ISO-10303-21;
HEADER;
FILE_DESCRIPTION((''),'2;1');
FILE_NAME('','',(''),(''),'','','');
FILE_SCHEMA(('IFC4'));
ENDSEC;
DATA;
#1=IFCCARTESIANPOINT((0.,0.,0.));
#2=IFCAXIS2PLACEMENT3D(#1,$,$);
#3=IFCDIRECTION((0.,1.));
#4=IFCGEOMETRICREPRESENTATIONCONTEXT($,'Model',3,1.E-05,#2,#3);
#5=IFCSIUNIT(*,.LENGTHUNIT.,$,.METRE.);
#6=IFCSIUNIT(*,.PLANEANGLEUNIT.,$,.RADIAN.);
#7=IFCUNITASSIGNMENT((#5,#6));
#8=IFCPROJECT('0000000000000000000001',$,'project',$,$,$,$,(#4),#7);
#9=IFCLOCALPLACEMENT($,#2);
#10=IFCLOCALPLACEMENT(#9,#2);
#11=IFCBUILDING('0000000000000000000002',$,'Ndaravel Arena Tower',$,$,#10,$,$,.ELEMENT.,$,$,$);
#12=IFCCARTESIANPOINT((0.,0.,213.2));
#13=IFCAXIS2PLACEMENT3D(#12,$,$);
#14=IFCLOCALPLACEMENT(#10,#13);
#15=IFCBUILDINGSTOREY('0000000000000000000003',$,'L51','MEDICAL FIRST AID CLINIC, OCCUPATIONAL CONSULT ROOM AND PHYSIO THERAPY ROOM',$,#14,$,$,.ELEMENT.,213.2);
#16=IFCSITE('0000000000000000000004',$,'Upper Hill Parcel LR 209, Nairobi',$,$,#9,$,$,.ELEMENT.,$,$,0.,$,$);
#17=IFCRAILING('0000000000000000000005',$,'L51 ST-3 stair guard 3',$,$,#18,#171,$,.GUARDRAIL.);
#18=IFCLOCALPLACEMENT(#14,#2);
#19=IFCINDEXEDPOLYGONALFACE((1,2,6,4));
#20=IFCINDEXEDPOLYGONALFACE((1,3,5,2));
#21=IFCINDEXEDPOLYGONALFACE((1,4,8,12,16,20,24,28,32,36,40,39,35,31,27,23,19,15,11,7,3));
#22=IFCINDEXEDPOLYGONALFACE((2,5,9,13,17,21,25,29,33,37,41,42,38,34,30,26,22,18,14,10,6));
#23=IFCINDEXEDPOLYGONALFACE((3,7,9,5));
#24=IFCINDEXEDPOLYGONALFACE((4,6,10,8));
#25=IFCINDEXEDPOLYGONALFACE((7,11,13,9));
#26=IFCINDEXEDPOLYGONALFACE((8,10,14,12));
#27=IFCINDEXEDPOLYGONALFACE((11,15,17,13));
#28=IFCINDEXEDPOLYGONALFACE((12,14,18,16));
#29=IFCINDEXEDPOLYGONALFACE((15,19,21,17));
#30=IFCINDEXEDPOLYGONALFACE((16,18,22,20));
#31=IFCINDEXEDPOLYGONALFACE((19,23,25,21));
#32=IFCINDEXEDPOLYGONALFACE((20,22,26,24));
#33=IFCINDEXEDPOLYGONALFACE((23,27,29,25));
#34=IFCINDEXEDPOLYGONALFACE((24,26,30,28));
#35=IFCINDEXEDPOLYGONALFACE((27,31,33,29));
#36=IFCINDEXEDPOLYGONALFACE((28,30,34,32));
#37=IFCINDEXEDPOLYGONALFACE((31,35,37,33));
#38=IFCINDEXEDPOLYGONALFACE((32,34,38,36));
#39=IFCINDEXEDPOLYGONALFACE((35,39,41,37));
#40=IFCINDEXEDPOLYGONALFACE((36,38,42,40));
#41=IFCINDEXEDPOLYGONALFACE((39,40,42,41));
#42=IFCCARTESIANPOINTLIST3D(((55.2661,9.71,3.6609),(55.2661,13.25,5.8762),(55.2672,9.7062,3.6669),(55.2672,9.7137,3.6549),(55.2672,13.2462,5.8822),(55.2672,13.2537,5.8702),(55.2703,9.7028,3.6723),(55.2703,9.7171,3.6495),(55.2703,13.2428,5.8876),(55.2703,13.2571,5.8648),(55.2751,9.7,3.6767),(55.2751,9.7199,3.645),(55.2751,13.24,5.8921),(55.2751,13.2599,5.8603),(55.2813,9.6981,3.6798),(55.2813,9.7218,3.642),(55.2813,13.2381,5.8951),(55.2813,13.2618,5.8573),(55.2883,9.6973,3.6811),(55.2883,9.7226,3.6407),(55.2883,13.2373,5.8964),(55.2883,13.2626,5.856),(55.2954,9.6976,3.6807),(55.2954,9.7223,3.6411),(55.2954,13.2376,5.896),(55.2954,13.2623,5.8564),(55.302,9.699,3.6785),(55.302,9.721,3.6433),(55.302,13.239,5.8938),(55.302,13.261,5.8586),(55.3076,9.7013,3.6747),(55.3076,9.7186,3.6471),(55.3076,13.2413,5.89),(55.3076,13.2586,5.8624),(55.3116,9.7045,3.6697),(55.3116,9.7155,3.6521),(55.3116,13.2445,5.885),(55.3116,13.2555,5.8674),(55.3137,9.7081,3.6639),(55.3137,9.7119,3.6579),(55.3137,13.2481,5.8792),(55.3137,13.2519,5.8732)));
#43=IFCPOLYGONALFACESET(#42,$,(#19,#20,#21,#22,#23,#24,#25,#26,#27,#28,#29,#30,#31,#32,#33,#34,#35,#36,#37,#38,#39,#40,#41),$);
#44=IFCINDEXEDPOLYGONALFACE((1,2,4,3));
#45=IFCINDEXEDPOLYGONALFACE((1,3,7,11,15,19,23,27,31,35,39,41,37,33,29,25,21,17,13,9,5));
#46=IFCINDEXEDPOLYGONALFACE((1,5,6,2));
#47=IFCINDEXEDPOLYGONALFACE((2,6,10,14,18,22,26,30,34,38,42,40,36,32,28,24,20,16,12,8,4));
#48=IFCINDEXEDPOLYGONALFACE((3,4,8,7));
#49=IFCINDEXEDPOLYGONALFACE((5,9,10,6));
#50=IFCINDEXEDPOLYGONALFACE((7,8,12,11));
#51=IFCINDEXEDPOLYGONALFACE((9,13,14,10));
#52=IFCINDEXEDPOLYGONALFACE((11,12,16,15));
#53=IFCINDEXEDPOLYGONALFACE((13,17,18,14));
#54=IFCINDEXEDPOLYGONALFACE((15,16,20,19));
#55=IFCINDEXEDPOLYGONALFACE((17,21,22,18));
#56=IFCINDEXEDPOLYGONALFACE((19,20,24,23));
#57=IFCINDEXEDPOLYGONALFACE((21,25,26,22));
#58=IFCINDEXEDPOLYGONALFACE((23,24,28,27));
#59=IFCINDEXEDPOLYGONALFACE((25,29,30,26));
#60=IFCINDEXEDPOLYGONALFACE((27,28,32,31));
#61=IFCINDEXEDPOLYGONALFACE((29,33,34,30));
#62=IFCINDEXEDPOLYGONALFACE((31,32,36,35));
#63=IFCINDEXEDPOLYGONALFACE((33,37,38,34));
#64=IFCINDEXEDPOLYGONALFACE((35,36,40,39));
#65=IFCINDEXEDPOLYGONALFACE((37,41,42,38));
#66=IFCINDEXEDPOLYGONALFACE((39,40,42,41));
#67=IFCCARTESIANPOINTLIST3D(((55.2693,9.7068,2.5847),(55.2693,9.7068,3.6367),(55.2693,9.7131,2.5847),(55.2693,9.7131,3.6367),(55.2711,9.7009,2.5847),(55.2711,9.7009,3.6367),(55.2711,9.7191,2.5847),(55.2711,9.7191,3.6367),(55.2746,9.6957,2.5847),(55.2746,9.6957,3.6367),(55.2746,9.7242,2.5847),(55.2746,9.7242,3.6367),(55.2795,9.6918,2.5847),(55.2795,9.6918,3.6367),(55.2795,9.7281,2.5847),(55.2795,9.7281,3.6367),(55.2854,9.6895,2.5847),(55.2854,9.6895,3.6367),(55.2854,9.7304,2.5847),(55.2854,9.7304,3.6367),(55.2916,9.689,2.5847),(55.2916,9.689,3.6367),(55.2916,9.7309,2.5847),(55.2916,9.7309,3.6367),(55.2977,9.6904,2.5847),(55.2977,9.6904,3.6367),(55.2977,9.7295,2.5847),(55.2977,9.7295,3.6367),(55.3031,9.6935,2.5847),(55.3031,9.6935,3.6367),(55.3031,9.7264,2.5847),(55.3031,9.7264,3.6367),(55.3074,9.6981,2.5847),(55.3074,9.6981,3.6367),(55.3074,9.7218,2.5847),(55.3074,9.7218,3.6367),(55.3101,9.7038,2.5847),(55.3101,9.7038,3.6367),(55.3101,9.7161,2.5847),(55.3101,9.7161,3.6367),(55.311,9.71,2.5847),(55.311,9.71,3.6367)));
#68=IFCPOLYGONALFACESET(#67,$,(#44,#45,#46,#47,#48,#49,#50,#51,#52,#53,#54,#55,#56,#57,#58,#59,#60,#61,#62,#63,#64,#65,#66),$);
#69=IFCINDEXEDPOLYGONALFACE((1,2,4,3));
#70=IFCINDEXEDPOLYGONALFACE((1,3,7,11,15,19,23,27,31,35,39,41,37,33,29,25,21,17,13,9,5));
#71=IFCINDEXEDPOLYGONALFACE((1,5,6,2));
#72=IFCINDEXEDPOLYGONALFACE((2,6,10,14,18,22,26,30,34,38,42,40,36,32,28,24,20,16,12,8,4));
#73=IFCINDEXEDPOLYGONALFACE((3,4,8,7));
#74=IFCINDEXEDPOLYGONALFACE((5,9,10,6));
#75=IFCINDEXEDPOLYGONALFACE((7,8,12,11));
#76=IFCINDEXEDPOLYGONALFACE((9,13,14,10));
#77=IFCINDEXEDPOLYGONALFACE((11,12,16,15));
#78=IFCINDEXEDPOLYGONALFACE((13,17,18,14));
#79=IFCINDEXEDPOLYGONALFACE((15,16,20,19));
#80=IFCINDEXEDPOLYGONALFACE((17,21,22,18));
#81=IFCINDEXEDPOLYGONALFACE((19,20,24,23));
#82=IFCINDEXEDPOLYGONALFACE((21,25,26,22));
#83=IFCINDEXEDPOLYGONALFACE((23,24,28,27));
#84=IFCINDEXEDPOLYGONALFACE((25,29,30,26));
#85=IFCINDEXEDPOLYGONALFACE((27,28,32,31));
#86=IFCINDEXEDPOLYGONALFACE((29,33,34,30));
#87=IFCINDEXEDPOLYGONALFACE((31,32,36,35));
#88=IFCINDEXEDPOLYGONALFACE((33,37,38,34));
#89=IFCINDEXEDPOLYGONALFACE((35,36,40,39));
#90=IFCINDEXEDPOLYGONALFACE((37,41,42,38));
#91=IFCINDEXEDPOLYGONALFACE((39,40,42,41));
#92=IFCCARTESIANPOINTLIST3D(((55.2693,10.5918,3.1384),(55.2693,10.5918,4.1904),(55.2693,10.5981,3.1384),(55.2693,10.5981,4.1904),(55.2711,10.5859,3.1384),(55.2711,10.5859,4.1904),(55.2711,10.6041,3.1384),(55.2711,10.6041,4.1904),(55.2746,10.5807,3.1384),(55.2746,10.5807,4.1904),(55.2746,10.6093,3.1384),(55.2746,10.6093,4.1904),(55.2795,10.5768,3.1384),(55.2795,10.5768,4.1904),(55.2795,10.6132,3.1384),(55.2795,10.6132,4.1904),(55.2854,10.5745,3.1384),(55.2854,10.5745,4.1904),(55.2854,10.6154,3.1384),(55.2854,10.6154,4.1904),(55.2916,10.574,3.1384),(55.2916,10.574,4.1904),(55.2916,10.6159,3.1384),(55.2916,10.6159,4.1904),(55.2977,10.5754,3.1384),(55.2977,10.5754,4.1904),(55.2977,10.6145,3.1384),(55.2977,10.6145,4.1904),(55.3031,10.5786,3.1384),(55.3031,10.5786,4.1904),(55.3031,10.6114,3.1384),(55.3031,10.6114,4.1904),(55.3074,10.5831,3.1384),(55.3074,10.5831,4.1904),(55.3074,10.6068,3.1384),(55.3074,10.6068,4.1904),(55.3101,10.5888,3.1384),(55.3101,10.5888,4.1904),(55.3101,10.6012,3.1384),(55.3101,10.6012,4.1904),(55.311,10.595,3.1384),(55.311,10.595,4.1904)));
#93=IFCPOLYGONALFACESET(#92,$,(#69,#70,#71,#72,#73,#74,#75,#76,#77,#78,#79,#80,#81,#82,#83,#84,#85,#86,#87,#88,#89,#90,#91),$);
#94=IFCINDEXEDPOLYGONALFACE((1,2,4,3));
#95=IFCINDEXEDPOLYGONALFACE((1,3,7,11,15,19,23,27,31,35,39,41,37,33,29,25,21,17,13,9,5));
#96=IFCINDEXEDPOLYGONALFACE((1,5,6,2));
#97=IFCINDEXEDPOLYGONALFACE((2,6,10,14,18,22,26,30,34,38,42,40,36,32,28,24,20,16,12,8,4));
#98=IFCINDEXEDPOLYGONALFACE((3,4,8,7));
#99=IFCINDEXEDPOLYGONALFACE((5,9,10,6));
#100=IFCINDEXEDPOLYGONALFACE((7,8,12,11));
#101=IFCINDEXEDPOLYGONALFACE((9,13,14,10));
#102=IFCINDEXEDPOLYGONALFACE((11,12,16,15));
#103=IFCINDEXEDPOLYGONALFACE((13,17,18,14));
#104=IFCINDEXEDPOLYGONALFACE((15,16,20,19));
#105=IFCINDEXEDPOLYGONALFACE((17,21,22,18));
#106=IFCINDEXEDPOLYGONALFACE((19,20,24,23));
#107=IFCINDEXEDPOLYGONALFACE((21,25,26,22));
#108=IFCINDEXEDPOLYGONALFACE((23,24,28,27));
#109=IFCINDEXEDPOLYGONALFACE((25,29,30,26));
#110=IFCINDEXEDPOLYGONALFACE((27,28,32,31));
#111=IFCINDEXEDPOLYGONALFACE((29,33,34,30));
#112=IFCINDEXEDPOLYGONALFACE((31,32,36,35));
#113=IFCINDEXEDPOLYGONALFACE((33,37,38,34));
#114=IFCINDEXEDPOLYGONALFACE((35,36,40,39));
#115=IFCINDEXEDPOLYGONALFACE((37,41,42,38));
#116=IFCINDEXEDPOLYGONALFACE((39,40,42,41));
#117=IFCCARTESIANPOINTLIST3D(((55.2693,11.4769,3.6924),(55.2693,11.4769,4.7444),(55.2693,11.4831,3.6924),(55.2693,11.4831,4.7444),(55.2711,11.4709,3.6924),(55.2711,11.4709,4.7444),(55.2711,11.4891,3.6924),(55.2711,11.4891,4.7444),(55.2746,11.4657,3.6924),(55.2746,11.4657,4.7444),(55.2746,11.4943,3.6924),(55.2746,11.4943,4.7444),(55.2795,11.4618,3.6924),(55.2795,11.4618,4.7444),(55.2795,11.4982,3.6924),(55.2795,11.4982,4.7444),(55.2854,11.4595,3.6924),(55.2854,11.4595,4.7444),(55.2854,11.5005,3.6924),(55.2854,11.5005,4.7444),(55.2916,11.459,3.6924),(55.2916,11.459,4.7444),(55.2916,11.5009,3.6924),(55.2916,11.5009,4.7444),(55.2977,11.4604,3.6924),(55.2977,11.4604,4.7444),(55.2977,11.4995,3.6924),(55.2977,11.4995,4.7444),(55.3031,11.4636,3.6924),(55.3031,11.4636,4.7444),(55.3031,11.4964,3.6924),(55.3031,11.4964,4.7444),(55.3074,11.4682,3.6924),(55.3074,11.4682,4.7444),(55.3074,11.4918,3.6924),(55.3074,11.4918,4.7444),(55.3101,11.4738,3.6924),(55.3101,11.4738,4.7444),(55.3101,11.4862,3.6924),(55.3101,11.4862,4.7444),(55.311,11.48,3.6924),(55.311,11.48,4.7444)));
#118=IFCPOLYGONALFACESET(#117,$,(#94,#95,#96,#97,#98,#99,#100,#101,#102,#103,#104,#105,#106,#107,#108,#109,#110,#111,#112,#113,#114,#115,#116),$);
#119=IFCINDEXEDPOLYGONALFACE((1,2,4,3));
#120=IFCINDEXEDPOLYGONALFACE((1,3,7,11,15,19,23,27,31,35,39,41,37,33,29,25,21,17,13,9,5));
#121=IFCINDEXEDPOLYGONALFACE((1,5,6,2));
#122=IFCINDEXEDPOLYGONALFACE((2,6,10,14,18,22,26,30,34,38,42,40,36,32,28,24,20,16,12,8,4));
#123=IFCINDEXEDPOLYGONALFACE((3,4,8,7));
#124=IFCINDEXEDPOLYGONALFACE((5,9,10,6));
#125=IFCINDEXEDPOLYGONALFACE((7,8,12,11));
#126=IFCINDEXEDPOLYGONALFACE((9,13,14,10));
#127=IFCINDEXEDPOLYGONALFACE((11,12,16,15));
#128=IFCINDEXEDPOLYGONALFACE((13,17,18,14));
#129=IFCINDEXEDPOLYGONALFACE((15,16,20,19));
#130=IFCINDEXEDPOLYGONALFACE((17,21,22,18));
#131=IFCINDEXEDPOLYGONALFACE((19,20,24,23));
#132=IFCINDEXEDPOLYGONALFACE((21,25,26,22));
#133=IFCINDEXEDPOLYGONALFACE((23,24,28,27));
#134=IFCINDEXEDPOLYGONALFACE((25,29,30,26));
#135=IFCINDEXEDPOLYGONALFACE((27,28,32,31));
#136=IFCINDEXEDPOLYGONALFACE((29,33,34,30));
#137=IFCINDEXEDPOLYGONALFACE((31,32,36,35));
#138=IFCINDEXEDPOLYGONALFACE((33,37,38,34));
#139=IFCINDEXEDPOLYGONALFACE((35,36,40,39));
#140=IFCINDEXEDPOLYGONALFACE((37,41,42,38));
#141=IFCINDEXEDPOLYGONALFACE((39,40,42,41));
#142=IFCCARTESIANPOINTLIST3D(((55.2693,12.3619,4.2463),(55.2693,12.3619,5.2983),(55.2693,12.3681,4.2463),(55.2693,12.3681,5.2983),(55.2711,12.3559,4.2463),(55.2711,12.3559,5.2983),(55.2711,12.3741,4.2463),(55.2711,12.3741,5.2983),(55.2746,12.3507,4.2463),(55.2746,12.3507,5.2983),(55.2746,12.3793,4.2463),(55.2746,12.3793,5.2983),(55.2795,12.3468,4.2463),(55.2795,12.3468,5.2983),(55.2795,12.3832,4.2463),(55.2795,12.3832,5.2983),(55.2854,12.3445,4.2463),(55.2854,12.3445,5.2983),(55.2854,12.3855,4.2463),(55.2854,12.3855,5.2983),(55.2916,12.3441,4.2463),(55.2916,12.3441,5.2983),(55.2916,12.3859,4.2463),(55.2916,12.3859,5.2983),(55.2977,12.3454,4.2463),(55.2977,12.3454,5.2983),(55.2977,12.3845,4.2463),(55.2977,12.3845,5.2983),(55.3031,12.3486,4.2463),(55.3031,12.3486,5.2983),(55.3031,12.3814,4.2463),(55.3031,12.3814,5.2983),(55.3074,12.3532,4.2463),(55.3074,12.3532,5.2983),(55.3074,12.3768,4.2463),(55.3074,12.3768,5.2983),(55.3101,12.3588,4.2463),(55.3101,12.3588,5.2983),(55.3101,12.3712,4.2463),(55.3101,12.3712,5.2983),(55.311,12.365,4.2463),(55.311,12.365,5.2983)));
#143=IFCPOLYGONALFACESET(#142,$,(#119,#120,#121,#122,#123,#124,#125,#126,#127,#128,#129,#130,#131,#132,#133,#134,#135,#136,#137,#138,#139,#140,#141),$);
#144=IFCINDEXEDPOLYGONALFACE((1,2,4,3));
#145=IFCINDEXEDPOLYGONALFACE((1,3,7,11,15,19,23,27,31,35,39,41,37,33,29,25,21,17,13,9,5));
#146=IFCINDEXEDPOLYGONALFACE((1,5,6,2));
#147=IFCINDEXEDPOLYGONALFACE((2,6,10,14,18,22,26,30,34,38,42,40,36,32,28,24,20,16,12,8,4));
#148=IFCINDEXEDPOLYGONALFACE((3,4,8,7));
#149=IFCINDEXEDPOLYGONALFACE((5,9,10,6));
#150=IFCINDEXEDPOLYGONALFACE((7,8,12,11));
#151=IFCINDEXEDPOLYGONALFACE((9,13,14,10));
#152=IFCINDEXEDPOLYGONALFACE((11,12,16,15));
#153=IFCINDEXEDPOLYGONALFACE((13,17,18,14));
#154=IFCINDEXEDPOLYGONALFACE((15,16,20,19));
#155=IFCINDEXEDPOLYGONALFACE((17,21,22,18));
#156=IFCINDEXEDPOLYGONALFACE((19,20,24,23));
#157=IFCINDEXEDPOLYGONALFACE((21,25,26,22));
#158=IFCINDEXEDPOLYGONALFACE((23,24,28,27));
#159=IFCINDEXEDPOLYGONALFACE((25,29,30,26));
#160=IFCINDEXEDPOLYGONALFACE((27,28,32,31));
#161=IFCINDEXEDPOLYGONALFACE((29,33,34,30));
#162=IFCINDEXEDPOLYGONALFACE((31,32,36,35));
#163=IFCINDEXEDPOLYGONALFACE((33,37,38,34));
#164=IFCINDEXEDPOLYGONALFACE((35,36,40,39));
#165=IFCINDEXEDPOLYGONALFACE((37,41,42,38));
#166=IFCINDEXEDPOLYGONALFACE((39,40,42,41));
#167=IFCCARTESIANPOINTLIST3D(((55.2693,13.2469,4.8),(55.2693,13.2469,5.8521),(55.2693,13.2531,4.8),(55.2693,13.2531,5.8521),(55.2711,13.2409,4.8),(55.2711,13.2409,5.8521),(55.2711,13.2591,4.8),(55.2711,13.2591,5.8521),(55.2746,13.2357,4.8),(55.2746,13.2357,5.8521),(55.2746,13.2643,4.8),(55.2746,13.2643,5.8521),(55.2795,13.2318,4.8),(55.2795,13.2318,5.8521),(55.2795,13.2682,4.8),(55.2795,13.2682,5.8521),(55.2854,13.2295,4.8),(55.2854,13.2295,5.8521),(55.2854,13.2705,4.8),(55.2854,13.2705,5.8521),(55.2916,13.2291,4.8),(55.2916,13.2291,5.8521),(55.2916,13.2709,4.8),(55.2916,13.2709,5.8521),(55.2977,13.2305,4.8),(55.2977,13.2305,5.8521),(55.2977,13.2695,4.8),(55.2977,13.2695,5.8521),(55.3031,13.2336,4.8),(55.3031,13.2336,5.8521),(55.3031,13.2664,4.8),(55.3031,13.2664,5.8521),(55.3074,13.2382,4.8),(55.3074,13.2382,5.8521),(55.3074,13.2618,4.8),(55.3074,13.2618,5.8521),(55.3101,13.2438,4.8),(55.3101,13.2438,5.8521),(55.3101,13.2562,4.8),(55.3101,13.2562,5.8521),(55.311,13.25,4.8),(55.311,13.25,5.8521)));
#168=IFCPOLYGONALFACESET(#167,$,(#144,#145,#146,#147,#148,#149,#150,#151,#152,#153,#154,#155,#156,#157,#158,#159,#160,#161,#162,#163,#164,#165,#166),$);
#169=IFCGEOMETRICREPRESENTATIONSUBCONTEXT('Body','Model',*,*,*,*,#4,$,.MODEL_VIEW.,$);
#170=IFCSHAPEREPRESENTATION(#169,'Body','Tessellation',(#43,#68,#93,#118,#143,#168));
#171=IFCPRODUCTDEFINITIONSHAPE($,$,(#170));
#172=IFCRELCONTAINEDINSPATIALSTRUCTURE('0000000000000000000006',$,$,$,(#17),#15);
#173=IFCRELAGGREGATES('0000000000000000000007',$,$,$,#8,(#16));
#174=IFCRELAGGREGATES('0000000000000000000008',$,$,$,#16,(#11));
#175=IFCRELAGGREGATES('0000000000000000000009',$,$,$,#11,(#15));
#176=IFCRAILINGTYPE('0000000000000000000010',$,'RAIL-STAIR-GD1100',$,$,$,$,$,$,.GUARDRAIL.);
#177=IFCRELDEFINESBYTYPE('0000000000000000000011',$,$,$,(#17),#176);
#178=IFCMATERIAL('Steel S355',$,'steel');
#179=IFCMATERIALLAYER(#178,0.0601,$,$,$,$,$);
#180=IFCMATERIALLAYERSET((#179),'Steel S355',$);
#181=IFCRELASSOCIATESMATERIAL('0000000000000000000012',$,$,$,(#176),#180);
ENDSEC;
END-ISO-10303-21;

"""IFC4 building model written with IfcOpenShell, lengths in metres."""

from ifc_helpers import new_model, si_unit, direction, frame, origin, origin_2d, place, context, subcontext, project, spatial, circle, extrude, material, layer, layer_set, type_object, element, save


model = new_model("IFC4")

# Units and contexts
model_context = context("Model", 3, precision=1e-05, world=origin(), true_north=direction((0.0, 1.0)))
body_context = subcontext(model_context, "Body", "Model", "MODEL_VIEW")
ifc_project = project(units=[si_unit("LENGTHUNIT", "METRE"), si_unit("PLANEANGLEUNIT", "RADIAN")], contexts=[model_context])

# Site, building, storey
site_placement = place(None, origin())
site = spatial("IfcSite", under=ifc_project, at=site_placement, Name="Upper Hill Parcel LR 209, Nairobi", CompositionType="ELEMENT", RefElevation=0.0)
building_placement = place(site_placement, origin())
building = spatial("IfcBuilding", under=site, at=building_placement, Name="Ndaravel Arena Tower", CompositionType="ELEMENT")
storey_placement = place(building_placement, frame((0.0, 0.0, 213.2)))
storey = spatial("IfcBuildingStorey", under=building, at=storey_placement, Name="L51", Description="MEDICAL FIRST AID CLINIC, OCCUPATIONAL CONSULT ROOM AND PHYSIO THERAPY ROOM", CompositionType="ELEMENT", Elevation=213.2)

# Railing
ifc_material_1 = material(Name="Steel S355", Category="steel")
ifc_layer_1 = layer(ifc_material_1, 0.0601)
ifc_layer_set_1 = layer_set([ifc_layer_1], Name="Steel S355")
railing_type_1 = type_object("IfcRailingType", Name="RAIL-STAIR-GD1100", PredefinedType="GUARDRAIL", material=ifc_layer_set_1)
railing_1_placement = place(storey_placement, frame((55.29, 9.71, 2.5847)))
element("IfcRailing", 1, at=railing_1_placement, inside=storey, type_object=railing_type_1, Name="L51 ST-3 stair guard 3", PredefinedType="GUARDRAIL", context=body_context, shape_type="SweptSolid", body=[
    extrude(circle(Radius=0.0239, at=origin_2d()), frame((0.0, 0.0, 1.0762), z_axis=(0.0, 0.847696, 0.530482), x_axis=(-1.0, 0.0, 0.0)), (0.0, 0.0, 1.0), 4.176),
    extrude(circle(Radius=0.021, at=origin_2d()), origin(), (0.0, 0.0, 1.0), 1.052),
    extrude(circle(Radius=0.021, at=origin_2d()), frame((0.0, 0.885, 0.5537)), (0.0, 0.0, 1.0), 1.052),
    extrude(circle(Radius=0.021, at=origin_2d()), frame((0.0, 1.77, 1.1077)), (0.0, 0.0, 1.0), 1.052),
    extrude(circle(Radius=0.021, at=origin_2d()), frame((0.0, 2.655, 1.6616)), (0.0, 0.0, 1.0), 1.052),
    extrude(circle(Radius=0.021, at=origin_2d()), frame((0.0, 3.54, 2.2153)), (0.0, 0.0, 1.0), 1.052),
])

save(model, "model.ifc")
